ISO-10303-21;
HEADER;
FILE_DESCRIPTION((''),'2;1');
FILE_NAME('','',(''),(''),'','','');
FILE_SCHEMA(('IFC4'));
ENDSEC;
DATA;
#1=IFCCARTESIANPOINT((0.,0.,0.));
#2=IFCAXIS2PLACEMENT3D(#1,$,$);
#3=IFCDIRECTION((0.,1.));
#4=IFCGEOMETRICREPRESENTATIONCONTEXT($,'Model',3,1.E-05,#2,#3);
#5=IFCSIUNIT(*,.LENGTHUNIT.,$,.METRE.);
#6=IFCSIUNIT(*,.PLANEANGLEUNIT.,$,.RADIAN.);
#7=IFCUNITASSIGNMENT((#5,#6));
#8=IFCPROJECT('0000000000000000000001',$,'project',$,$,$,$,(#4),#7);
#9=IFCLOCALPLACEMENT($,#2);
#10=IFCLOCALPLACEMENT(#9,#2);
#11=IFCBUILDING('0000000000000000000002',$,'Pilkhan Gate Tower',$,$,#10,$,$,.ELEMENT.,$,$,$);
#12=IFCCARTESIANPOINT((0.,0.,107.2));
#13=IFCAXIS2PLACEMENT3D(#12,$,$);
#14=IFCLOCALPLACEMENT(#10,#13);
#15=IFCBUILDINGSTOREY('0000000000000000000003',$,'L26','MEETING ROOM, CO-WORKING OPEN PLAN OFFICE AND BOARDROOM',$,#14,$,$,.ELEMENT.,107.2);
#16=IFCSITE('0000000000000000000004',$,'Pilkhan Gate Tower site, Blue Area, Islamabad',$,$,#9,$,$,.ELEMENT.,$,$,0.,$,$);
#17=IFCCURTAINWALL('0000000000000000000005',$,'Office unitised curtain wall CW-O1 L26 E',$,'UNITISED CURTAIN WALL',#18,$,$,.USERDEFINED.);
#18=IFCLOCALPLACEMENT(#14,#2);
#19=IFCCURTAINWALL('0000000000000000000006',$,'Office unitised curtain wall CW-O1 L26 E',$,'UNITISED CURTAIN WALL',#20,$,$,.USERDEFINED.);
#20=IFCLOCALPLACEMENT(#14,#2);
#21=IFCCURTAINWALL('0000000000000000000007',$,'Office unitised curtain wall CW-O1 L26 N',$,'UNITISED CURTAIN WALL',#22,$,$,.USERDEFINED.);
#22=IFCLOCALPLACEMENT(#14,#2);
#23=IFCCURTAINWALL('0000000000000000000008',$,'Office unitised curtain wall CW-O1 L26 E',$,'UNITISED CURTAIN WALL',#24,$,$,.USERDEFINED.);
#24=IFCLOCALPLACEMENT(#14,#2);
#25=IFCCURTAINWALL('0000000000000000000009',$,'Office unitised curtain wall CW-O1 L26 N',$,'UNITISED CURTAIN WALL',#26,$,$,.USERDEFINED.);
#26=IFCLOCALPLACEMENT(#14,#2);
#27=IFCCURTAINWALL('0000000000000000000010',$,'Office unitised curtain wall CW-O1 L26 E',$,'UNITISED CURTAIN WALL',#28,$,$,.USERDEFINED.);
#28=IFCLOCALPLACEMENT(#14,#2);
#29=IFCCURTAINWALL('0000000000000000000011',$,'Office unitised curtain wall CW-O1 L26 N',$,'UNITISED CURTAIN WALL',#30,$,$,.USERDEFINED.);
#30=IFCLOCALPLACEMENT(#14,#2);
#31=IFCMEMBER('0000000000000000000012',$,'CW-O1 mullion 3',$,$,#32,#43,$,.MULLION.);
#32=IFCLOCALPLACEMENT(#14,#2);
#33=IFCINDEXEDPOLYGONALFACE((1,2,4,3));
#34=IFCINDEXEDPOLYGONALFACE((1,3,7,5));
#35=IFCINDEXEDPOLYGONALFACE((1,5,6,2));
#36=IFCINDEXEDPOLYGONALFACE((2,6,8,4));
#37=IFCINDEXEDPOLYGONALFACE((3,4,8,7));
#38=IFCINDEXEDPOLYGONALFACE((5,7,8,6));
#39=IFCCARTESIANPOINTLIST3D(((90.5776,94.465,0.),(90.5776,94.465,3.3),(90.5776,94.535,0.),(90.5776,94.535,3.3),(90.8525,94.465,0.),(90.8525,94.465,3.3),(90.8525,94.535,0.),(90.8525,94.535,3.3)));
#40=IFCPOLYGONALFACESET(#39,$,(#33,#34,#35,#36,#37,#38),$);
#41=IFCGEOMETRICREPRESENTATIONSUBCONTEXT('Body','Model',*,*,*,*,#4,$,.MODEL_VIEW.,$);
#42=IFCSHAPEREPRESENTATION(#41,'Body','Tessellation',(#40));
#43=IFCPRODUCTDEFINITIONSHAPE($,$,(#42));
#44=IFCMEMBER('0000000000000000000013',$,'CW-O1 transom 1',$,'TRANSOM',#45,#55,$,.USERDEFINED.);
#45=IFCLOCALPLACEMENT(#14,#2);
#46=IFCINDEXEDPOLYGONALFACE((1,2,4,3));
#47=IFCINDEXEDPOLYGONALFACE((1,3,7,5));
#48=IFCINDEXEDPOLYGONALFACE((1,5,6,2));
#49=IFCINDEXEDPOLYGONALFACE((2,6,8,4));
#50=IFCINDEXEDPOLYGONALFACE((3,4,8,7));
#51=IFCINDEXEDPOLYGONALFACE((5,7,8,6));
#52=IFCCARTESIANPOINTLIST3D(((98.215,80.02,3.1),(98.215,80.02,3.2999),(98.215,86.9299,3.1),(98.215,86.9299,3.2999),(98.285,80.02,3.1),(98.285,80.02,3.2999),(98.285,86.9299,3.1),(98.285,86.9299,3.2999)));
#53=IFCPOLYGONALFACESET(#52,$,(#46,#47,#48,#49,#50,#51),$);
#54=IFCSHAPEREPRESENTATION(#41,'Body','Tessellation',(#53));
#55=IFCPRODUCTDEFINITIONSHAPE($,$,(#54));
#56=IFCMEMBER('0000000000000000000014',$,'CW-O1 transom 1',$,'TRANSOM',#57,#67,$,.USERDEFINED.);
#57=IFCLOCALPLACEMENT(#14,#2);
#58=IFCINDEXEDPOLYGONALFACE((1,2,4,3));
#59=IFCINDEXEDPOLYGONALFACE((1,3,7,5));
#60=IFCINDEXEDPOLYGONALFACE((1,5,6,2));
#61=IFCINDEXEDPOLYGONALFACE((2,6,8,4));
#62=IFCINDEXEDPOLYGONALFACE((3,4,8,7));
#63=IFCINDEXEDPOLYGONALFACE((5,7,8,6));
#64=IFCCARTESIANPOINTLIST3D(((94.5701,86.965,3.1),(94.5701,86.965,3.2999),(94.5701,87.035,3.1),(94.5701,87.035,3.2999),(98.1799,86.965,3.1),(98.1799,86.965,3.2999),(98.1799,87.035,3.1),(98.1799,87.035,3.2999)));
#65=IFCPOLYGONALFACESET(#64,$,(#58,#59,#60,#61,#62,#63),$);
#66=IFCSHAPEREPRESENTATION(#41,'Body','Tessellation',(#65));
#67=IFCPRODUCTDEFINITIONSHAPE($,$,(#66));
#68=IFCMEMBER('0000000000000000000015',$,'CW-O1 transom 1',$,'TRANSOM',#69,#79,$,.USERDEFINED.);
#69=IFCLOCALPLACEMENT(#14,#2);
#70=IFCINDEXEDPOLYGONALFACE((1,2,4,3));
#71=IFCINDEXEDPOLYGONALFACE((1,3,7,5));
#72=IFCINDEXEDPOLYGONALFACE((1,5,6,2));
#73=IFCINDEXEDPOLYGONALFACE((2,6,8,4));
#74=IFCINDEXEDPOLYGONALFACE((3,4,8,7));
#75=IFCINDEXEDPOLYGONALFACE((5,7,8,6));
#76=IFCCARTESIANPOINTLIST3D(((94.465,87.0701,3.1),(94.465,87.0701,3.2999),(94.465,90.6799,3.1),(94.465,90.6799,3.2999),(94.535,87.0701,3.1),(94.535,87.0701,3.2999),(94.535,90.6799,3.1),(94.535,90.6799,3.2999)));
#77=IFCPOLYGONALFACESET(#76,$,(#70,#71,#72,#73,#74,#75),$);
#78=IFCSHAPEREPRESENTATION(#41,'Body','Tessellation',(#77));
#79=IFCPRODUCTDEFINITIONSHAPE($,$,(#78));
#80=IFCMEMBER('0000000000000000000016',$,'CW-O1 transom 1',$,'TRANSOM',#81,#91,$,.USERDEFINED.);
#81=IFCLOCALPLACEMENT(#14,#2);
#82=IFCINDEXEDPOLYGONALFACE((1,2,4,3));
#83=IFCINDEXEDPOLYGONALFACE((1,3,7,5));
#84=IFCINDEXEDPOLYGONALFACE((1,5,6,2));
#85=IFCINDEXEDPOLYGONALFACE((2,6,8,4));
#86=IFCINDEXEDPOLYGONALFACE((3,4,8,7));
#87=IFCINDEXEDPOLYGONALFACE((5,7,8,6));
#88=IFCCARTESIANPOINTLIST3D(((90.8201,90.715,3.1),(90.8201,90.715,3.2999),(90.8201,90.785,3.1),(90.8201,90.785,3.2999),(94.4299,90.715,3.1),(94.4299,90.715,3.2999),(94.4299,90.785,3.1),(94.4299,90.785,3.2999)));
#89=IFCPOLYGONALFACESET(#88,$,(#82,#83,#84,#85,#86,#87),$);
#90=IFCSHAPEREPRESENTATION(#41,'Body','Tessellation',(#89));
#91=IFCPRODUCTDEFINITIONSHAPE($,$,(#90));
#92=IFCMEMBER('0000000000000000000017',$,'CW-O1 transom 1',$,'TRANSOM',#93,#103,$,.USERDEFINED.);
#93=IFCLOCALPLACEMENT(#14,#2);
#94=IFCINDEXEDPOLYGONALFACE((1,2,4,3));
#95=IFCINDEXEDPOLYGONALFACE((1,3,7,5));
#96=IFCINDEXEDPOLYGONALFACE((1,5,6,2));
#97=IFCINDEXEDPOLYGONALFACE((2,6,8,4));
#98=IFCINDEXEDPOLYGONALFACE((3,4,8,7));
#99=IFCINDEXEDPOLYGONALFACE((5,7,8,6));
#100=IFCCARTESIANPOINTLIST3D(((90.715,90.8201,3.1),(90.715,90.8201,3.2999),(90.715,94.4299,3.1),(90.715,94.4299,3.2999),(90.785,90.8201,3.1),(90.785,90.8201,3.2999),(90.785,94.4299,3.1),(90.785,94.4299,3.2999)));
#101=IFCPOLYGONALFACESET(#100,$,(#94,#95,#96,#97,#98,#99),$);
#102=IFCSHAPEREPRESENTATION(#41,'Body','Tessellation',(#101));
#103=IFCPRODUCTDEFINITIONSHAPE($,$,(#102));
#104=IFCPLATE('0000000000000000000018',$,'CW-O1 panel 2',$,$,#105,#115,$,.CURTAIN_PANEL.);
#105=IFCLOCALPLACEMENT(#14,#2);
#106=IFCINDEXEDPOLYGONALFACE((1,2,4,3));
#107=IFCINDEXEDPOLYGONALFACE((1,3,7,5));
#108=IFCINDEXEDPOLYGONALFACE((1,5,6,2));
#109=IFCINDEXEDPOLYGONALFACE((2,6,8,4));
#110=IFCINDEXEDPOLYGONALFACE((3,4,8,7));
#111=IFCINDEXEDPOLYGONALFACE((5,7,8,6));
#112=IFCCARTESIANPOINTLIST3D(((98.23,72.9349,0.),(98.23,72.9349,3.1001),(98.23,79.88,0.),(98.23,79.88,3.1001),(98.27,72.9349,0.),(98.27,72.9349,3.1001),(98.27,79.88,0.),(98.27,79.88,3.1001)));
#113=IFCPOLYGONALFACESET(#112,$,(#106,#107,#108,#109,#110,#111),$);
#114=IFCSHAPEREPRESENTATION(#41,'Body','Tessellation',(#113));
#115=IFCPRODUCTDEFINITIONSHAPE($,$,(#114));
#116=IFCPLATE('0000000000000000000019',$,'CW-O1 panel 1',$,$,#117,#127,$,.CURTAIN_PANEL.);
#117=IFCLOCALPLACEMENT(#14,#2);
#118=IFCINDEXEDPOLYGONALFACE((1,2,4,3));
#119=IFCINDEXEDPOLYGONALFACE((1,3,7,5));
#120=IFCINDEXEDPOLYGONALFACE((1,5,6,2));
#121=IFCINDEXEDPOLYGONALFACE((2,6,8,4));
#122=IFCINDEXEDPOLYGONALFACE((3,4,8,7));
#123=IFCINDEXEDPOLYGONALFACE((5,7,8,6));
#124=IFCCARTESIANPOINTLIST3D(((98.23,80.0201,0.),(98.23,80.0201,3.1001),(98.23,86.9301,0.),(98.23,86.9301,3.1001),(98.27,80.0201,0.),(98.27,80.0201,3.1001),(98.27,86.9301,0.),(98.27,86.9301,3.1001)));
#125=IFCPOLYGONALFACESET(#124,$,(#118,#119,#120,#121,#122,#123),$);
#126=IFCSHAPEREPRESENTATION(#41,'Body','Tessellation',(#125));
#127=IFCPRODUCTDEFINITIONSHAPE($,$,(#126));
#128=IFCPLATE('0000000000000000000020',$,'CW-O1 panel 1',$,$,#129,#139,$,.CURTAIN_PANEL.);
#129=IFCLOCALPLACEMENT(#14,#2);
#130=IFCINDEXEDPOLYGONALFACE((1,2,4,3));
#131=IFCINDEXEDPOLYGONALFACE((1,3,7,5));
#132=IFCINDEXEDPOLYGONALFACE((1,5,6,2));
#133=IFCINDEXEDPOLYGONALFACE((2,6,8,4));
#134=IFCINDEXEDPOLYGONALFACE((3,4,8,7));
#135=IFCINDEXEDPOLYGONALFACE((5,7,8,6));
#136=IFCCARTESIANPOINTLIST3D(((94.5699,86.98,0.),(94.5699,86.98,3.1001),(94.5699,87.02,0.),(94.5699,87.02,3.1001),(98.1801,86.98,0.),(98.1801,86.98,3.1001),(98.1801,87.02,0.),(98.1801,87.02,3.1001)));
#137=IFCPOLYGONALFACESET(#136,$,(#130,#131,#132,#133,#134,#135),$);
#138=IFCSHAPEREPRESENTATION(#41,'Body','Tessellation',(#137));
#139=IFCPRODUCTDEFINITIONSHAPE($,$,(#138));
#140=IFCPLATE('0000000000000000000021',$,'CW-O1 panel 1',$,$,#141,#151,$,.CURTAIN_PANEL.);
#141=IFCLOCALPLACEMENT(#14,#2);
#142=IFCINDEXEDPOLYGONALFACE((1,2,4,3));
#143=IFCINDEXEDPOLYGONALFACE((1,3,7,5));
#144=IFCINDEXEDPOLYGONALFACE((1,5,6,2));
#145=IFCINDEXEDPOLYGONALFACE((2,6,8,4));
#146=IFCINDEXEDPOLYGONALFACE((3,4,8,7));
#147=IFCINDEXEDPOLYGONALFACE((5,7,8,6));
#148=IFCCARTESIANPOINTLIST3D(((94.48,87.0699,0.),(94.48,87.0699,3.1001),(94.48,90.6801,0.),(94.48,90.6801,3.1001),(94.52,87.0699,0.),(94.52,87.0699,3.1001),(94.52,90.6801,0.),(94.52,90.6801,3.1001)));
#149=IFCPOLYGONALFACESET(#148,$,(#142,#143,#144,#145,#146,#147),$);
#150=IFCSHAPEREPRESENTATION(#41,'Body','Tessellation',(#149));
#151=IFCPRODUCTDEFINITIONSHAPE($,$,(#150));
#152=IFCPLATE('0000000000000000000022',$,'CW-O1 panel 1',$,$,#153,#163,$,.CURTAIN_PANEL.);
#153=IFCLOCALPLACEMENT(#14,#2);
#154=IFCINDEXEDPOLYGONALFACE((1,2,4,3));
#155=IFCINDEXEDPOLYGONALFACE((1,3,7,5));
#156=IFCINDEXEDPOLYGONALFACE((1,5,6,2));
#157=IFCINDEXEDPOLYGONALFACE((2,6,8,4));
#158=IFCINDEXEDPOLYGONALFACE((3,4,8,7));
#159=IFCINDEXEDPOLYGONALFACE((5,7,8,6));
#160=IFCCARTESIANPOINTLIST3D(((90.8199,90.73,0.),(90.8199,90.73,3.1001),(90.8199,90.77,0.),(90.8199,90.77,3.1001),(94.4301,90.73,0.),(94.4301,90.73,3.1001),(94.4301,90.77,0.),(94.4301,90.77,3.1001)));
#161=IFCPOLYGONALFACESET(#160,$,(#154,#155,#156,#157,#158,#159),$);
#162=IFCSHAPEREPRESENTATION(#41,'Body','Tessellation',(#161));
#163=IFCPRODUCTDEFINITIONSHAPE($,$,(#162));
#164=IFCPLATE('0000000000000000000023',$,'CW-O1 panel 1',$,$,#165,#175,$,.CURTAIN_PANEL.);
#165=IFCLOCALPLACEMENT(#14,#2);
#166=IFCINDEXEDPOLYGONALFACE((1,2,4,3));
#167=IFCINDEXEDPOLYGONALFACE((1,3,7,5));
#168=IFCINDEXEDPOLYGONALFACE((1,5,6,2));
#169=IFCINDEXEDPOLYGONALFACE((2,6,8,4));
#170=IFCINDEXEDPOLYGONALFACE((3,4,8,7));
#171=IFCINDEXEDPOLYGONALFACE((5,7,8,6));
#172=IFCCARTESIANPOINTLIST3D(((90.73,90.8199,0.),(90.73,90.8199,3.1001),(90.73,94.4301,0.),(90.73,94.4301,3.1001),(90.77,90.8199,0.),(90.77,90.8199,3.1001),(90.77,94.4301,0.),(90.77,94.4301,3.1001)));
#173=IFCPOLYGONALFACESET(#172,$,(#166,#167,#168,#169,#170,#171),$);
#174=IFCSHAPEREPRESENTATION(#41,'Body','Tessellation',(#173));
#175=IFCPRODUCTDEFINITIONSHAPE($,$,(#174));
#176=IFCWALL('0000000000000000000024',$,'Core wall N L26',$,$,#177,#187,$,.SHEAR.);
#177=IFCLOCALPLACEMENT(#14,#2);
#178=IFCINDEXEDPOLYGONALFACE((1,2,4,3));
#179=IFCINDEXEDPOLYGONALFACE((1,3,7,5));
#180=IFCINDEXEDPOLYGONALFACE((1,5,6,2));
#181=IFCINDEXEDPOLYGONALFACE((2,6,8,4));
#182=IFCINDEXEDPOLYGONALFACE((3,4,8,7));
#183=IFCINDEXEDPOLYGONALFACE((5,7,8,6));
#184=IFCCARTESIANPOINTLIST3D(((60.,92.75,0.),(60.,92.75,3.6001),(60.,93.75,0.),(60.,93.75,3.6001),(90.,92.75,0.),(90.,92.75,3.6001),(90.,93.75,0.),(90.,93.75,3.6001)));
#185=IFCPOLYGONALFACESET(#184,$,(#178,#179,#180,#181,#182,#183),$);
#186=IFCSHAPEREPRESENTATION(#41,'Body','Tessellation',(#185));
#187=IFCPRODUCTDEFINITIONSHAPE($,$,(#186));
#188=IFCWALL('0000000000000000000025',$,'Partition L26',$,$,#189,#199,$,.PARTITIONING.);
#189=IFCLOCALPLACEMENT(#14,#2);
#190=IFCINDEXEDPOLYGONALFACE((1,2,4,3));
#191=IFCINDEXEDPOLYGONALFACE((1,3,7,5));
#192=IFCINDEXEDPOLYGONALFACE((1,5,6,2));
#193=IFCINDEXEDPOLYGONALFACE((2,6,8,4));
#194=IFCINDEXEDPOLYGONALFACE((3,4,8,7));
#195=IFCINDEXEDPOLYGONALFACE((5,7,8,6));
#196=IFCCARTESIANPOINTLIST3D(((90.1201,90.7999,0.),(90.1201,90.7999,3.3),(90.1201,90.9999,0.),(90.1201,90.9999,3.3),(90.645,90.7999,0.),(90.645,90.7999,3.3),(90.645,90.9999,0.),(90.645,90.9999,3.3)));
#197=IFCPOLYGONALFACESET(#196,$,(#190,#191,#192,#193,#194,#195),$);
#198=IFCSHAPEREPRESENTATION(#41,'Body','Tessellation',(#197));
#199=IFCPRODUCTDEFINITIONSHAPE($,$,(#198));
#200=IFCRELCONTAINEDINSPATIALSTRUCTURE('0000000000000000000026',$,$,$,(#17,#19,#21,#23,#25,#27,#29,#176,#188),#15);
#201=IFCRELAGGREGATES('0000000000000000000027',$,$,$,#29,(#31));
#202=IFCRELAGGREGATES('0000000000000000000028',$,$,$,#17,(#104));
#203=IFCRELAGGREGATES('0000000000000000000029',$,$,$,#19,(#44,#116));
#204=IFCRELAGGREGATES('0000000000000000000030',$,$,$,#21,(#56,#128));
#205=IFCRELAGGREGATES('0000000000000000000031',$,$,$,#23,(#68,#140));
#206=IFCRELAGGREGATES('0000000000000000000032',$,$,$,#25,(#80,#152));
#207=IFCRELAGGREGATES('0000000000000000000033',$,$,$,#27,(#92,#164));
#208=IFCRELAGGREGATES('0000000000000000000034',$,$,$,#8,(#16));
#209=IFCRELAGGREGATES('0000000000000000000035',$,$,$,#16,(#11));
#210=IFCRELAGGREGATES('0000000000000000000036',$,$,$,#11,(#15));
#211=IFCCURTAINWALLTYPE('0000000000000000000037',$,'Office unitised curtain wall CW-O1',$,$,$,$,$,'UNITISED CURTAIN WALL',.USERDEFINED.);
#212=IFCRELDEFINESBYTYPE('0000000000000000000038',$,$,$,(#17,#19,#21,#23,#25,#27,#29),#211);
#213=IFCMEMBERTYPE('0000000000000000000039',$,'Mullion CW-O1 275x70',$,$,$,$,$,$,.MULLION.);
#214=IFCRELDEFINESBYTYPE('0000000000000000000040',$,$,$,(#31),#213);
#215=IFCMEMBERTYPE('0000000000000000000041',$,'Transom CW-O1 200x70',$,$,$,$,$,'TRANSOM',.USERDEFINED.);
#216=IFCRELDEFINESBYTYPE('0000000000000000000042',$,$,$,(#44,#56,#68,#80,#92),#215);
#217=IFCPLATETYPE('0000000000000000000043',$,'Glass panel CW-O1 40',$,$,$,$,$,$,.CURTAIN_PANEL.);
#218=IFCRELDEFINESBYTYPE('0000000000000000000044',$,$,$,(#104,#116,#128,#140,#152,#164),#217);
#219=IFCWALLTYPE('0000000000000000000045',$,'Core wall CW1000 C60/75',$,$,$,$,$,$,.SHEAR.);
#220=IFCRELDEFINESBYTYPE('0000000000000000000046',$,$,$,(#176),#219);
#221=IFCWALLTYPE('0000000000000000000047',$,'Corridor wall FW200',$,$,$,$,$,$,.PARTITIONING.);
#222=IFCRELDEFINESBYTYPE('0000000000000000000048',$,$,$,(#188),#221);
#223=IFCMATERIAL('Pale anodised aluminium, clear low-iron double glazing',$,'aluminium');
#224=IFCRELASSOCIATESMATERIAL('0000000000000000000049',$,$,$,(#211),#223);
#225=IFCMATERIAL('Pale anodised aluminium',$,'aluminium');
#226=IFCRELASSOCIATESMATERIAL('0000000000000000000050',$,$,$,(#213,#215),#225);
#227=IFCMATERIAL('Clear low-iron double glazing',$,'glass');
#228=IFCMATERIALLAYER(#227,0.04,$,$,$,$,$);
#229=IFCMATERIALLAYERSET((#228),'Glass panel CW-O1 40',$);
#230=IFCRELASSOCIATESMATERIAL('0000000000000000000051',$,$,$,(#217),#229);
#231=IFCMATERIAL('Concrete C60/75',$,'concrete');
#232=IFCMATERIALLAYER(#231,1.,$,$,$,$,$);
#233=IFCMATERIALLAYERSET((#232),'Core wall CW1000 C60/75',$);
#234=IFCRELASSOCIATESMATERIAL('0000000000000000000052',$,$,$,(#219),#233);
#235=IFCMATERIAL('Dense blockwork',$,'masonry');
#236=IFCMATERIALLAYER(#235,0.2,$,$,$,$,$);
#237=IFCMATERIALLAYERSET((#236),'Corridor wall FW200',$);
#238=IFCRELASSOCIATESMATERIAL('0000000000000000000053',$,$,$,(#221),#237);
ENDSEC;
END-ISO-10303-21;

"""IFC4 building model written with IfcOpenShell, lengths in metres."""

from ifc_helpers import new_model, si_unit, direction, frame, frame_2d, origin, origin_2d, place, context, subcontext, project, spatial, rectangle, extrude, material, layer, layer_set, material_profile, profile_set, type_object, element, aggregate, save


model = new_model("IFC4")

# Units and contexts
model_context = context("Model", 3, precision=1e-05, world=origin(), true_north=direction((0.0, 1.0)))
body_context = subcontext(model_context, "Body", "Model", "MODEL_VIEW")
ifc_project = project(units=[si_unit("LENGTHUNIT", "METRE"), si_unit("PLANEANGLEUNIT", "RADIAN")], contexts=[model_context])

# Site, building, storey
site_placement = place(None, origin())
site = spatial("IfcSite", under=ifc_project, at=site_placement, Name="Pilkhan Gate Tower site, Blue Area, Islamabad", CompositionType="ELEMENT", RefElevation=0.0)
building_placement = place(site_placement, origin())
building = spatial("IfcBuilding", under=site, at=building_placement, Name="Pilkhan Gate Tower", CompositionType="ELEMENT")
storey_placement = place(building_placement, frame((0.0, 0.0, 107.2)))
storey = spatial("IfcBuildingStorey", under=building, at=storey_placement, Name="L26", Description="MEETING ROOM, CO-WORKING OPEN PLAN OFFICE AND BOARDROOM", CompositionType="ELEMENT", Elevation=107.2)

# Shared definitions
ifc_material_1 = material(Name="Concrete C60/75", Category="concrete")

# Curtain wall
ifc_material_2 = material(Name="Pale anodised aluminium, clear low-iron double glazing", Category="aluminium")
curtain_wall_type = type_object("IfcCurtainWallType", Name="Office unitised curtain wall CW-O1", ElementType="UNITISED CURTAIN WALL", PredefinedType="USERDEFINED", material=ifc_material_2)
curtain_wall_1_placement = place(storey_placement, origin())
curtain_wall_1 = element("IfcCurtainWall", 1, at=curtain_wall_1_placement, inside=storey, type_object=curtain_wall_type, Name="Office unitised curtain wall CW-O1 L26 E", ObjectType="UNITISED CURTAIN WALL", PredefinedType="USERDEFINED")
ifc_material_3 = material(Name="Pale anodised aluminium", Category="aluminium")
ifc_material_profile_1 = material_profile(ifc_material_3, rectangle(XDim=0.0701, YDim=0.2749, at=origin_2d()), Name="Mullion 275x70")
ifc_profile_set_1 = profile_set([ifc_material_profile_1], Name="Pale anodised aluminium")
member_type_1 = type_object("IfcMemberType", Name="Mullion CW-O1 275x70", PredefinedType="MULLION", material=ifc_profile_set_1)

# Curtain walls
curtain_wall_2_placement = place(storey_placement, origin())
curtain_wall_2 = element("IfcCurtainWall", 2, at=curtain_wall_2_placement, inside=storey, type_object=curtain_wall_type, Name="Office unitised curtain wall CW-O1 L26 E", ObjectType="UNITISED CURTAIN WALL", PredefinedType="USERDEFINED")
curtain_wall_3_placement = place(storey_placement, origin())
curtain_wall_3 = element("IfcCurtainWall", 3, at=curtain_wall_3_placement, inside=storey, type_object=curtain_wall_type, Name="Office unitised curtain wall CW-O1 L26 N", ObjectType="UNITISED CURTAIN WALL", PredefinedType="USERDEFINED")
curtain_wall_4_placement = place(storey_placement, origin())
curtain_wall_4 = element("IfcCurtainWall", 4, at=curtain_wall_4_placement, inside=storey, type_object=curtain_wall_type, Name="Office unitised curtain wall CW-O1 L26 E", ObjectType="UNITISED CURTAIN WALL", PredefinedType="USERDEFINED")
curtain_wall_5_placement = place(storey_placement, origin())
curtain_wall_5 = element("IfcCurtainWall", 5, at=curtain_wall_5_placement, inside=storey, type_object=curtain_wall_type, Name="Office unitised curtain wall CW-O1 L26 N", ObjectType="UNITISED CURTAIN WALL", PredefinedType="USERDEFINED")
curtain_wall_6_placement = place(storey_placement, origin())
curtain_wall_6 = element("IfcCurtainWall", 6, at=curtain_wall_6_placement, inside=storey, type_object=curtain_wall_type, Name="Office unitised curtain wall CW-O1 L26 E", ObjectType="UNITISED CURTAIN WALL", PredefinedType="USERDEFINED")

# Curtain wall, member
curtain_wall_7_placement = place(storey_placement, origin())
curtain_wall_7 = element("IfcCurtainWall", 7, at=curtain_wall_7_placement, inside=storey, type_object=curtain_wall_type, Name="Office unitised curtain wall CW-O1 L26 N", ObjectType="UNITISED CURTAIN WALL", PredefinedType="USERDEFINED")
member_1_placement = place(storey_placement, frame((90.7151, 94.5, 0.0), z_axis=(0.0, 0.0, 1.0), x_axis=(0.0, 1.0, 0.0)))
member_1 = element("IfcMember", 8, at=member_1_placement, type_object=member_type_1, Name="CW-O1 mullion 3", PredefinedType="MULLION", context=body_context, shape_type="SweptSolid", body=[
    extrude(rectangle(XDim=0.0701, YDim=0.2749, at=origin_2d()), origin(), (0.0, 0.0, 1.0), 3.3),
])
aggregate(curtain_wall_7, [member_1])

# Members
ifc_material_profile_2 = material_profile(ifc_material_3, rectangle(XDim=0.0701, YDim=0.2, at=origin_2d()), Name="Transom 200x70")
ifc_profile_set_2 = profile_set([ifc_material_profile_2], Name="Pale anodised aluminium")
member_type_2 = type_object("IfcMemberType", Name="Transom CW-O1 200x70", ElementType="TRANSOM", PredefinedType="USERDEFINED", material=ifc_profile_set_2)
member_2_placement = place(storey_placement, frame((98.25, 80.02, 3.2), z_axis=(0.0, 1.0, 0.0), x_axis=(-1.0, 0.0, 0.0)))
member_2 = element("IfcMember", 9, at=member_2_placement, type_object=member_type_2, Name="CW-O1 transom 1", ObjectType="TRANSOM", PredefinedType="USERDEFINED", context=body_context, shape_type="SweptSolid", body=[
    extrude(rectangle(XDim=0.0701, YDim=0.2, at=origin_2d()), origin(), (0.0, 0.0, 1.0), 6.9099),
])
member_3_placement = place(storey_placement, frame((94.5701, 87.0, 3.2), z_axis=(1.0, 0.0, 0.0), x_axis=(0.0, 1.0, 0.0)))
member_3 = element("IfcMember", 10, at=member_3_placement, type_object=member_type_2, Name="CW-O1 transom 1", ObjectType="TRANSOM", PredefinedType="USERDEFINED", context=body_context, shape_type="SweptSolid", body=[
    extrude(rectangle(XDim=0.0701, YDim=0.2, at=origin_2d()), origin(), (0.0, 0.0, 1.0), 3.6099),
])
member_4_placement = place(storey_placement, frame((94.5, 87.0701, 3.2), z_axis=(0.0, 1.0, 0.0), x_axis=(-1.0, 0.0, 0.0)))
member_4 = element("IfcMember", 11, at=member_4_placement, type_object=member_type_2, Name="CW-O1 transom 1", ObjectType="TRANSOM", PredefinedType="USERDEFINED", context=body_context, shape_type="SweptSolid", body=[
    extrude(rectangle(XDim=0.0701, YDim=0.2, at=origin_2d()), origin(), (0.0, 0.0, 1.0), 3.6099),
])
member_5_placement = place(storey_placement, frame((90.8201, 90.75, 3.2), z_axis=(1.0, 0.0, 0.0), x_axis=(0.0, 1.0, 0.0)))
member_5 = element("IfcMember", 12, at=member_5_placement, type_object=member_type_2, Name="CW-O1 transom 1", ObjectType="TRANSOM", PredefinedType="USERDEFINED", context=body_context, shape_type="SweptSolid", body=[
    extrude(rectangle(XDim=0.0701, YDim=0.2, at=origin_2d()), origin(), (0.0, 0.0, 1.0), 3.6099),
])
member_6_placement = place(storey_placement, frame((90.75, 90.8201, 3.2), z_axis=(0.0, 1.0, 0.0), x_axis=(-1.0, 0.0, 0.0)))
member_6 = element("IfcMember", 13, at=member_6_placement, type_object=member_type_2, Name="CW-O1 transom 1", ObjectType="TRANSOM", PredefinedType="USERDEFINED", context=body_context, shape_type="SweptSolid", body=[
    extrude(rectangle(XDim=0.0701, YDim=0.2, at=origin_2d()), origin(), (0.0, 0.0, 1.0), 3.6099),
])

# Plates
ifc_material_4 = material(Name="Clear low-iron double glazing", Category="glass")
ifc_layer_1 = layer(ifc_material_4, 0.04)
ifc_layer_set_1 = layer_set([ifc_layer_1], Name="Glass panel CW-O1 40")
plate_type = type_object("IfcPlateType", Name="Glass panel CW-O1 40", PredefinedType="CURTAIN_PANEL", material=ifc_layer_set_1)
plate_1_placement = place(storey_placement, frame((98.25, 76.4075, 0.0), z_axis=(0.0, 0.0, 1.0), x_axis=(0.0, 1.0, 0.0)))
plate_1 = element("IfcPlate", 14, at=plate_1_placement, type_object=plate_type, Name="CW-O1 panel 2", PredefinedType="CURTAIN_PANEL", context=body_context, shape_type="SweptSolid", body=[
    extrude(rectangle(XDim=6.9451, YDim=0.04, at=origin_2d()), origin(), (0.0, 0.0, 1.0), 3.1001),
])
aggregate(curtain_wall_1, [plate_1])
plate_2_placement = place(storey_placement, frame((98.25, 83.4751, 0.0), z_axis=(0.0, 0.0, 1.0), x_axis=(0.0, 1.0, 0.0)))
plate_2 = element("IfcPlate", 15, at=plate_2_placement, type_object=plate_type, Name="CW-O1 panel 1", PredefinedType="CURTAIN_PANEL", context=body_context, shape_type="SweptSolid", body=[
    extrude(rectangle(XDim=6.9099, YDim=0.04, at=origin_2d()), origin(), (0.0, 0.0, 1.0), 3.1001),
])
aggregate(curtain_wall_2, [member_2, plate_2])
plate_3_placement = place(storey_placement, frame((96.375, 87.0, 0.0), z_axis=(0.0, 0.0, 1.0), x_axis=(1.0, 0.0, 0.0)))
plate_3 = element("IfcPlate", 16, at=plate_3_placement, type_object=plate_type, Name="CW-O1 panel 1", PredefinedType="CURTAIN_PANEL", context=body_context, shape_type="SweptSolid", body=[
    extrude(rectangle(XDim=3.6101, YDim=0.04, at=origin_2d()), origin(), (0.0, 0.0, 1.0), 3.1001),
])
aggregate(curtain_wall_3, [member_3, plate_3])
plate_4_placement = place(storey_placement, frame((94.5, 88.875, 0.0), z_axis=(0.0, 0.0, 1.0), x_axis=(0.0, 1.0, 0.0)))
plate_4 = element("IfcPlate", 17, at=plate_4_placement, type_object=plate_type, Name="CW-O1 panel 1", PredefinedType="CURTAIN_PANEL", context=body_context, shape_type="SweptSolid", body=[
    extrude(rectangle(XDim=3.6101, YDim=0.04, at=origin_2d()), origin(), (0.0, 0.0, 1.0), 3.1001),
])
aggregate(curtain_wall_4, [member_4, plate_4])
plate_5_placement = place(storey_placement, frame((92.625, 90.75, 0.0), z_axis=(0.0, 0.0, 1.0), x_axis=(1.0, 0.0, 0.0)))
plate_5 = element("IfcPlate", 18, at=plate_5_placement, type_object=plate_type, Name="CW-O1 panel 1", PredefinedType="CURTAIN_PANEL", context=body_context, shape_type="SweptSolid", body=[
    extrude(rectangle(XDim=3.6101, YDim=0.04, at=origin_2d()), origin(), (0.0, 0.0, 1.0), 3.1001),
])
aggregate(curtain_wall_5, [member_5, plate_5])
plate_6_placement = place(storey_placement, frame((90.75, 92.625, 0.0), z_axis=(0.0, 0.0, 1.0), x_axis=(0.0, 1.0, 0.0)))
plate_6 = element("IfcPlate", 19, at=plate_6_placement, type_object=plate_type, Name="CW-O1 panel 1", PredefinedType="CURTAIN_PANEL", context=body_context, shape_type="SweptSolid", body=[
    extrude(rectangle(XDim=3.6101, YDim=0.04, at=origin_2d()), origin(), (0.0, 0.0, 1.0), 3.1001),
])
aggregate(curtain_wall_6, [member_6, plate_6])

# Walls
ifc_layer_2 = layer(ifc_material_1, 1.0)
ifc_layer_set_2 = layer_set([ifc_layer_2], Name="Core wall CW1000 C60/75")
wall_type_1 = type_object("IfcWallType", Name="Core wall CW1000 C60/75", PredefinedType="SHEAR", material=ifc_layer_set_2)
wall_1_placement = place(storey_placement, frame((90.0, 93.25, 0.0), z_axis=(0.0, 0.0, 1.0), x_axis=(-1.0, 0.0, 0.0)))
element("IfcWall", 20, at=wall_1_placement, inside=storey, type_object=wall_type_1, Name="Core wall N L26", PredefinedType="SHEAR", context=body_context, shape_type="SweptSolid", body=[
    extrude(rectangle(XDim=30.0, YDim=1.0, at=frame_2d((15.0, 0.0))), origin(), (0.0, 0.0, 1.0), 3.6001),
])
ifc_material_5 = material(Name="Dense blockwork", Category="masonry")
ifc_layer_3 = layer(ifc_material_5, 0.2)
ifc_layer_set_3 = layer_set([ifc_layer_3], Name="Corridor wall FW200")
wall_type_2 = type_object("IfcWallType", Name="Corridor wall FW200", PredefinedType="PARTITIONING", material=ifc_layer_set_3)
wall_2_placement = place(storey_placement, frame((90.1201, 90.8999, 0.0), z_axis=(0.0, 0.0, 1.0), x_axis=(1.0, 0.0, 0.0)))
element("IfcWall", 21, at=wall_2_placement, inside=storey, type_object=wall_type_2, Name="Partition L26", PredefinedType="PARTITIONING", context=body_context, shape_type="SweptSolid", body=[
    extrude(rectangle(XDim=0.5249, YDim=0.2, at=frame_2d((0.2625, 0.0))), origin(), (0.0, 0.0, 1.0), 3.3),
])

save(model, "model.ifc")
